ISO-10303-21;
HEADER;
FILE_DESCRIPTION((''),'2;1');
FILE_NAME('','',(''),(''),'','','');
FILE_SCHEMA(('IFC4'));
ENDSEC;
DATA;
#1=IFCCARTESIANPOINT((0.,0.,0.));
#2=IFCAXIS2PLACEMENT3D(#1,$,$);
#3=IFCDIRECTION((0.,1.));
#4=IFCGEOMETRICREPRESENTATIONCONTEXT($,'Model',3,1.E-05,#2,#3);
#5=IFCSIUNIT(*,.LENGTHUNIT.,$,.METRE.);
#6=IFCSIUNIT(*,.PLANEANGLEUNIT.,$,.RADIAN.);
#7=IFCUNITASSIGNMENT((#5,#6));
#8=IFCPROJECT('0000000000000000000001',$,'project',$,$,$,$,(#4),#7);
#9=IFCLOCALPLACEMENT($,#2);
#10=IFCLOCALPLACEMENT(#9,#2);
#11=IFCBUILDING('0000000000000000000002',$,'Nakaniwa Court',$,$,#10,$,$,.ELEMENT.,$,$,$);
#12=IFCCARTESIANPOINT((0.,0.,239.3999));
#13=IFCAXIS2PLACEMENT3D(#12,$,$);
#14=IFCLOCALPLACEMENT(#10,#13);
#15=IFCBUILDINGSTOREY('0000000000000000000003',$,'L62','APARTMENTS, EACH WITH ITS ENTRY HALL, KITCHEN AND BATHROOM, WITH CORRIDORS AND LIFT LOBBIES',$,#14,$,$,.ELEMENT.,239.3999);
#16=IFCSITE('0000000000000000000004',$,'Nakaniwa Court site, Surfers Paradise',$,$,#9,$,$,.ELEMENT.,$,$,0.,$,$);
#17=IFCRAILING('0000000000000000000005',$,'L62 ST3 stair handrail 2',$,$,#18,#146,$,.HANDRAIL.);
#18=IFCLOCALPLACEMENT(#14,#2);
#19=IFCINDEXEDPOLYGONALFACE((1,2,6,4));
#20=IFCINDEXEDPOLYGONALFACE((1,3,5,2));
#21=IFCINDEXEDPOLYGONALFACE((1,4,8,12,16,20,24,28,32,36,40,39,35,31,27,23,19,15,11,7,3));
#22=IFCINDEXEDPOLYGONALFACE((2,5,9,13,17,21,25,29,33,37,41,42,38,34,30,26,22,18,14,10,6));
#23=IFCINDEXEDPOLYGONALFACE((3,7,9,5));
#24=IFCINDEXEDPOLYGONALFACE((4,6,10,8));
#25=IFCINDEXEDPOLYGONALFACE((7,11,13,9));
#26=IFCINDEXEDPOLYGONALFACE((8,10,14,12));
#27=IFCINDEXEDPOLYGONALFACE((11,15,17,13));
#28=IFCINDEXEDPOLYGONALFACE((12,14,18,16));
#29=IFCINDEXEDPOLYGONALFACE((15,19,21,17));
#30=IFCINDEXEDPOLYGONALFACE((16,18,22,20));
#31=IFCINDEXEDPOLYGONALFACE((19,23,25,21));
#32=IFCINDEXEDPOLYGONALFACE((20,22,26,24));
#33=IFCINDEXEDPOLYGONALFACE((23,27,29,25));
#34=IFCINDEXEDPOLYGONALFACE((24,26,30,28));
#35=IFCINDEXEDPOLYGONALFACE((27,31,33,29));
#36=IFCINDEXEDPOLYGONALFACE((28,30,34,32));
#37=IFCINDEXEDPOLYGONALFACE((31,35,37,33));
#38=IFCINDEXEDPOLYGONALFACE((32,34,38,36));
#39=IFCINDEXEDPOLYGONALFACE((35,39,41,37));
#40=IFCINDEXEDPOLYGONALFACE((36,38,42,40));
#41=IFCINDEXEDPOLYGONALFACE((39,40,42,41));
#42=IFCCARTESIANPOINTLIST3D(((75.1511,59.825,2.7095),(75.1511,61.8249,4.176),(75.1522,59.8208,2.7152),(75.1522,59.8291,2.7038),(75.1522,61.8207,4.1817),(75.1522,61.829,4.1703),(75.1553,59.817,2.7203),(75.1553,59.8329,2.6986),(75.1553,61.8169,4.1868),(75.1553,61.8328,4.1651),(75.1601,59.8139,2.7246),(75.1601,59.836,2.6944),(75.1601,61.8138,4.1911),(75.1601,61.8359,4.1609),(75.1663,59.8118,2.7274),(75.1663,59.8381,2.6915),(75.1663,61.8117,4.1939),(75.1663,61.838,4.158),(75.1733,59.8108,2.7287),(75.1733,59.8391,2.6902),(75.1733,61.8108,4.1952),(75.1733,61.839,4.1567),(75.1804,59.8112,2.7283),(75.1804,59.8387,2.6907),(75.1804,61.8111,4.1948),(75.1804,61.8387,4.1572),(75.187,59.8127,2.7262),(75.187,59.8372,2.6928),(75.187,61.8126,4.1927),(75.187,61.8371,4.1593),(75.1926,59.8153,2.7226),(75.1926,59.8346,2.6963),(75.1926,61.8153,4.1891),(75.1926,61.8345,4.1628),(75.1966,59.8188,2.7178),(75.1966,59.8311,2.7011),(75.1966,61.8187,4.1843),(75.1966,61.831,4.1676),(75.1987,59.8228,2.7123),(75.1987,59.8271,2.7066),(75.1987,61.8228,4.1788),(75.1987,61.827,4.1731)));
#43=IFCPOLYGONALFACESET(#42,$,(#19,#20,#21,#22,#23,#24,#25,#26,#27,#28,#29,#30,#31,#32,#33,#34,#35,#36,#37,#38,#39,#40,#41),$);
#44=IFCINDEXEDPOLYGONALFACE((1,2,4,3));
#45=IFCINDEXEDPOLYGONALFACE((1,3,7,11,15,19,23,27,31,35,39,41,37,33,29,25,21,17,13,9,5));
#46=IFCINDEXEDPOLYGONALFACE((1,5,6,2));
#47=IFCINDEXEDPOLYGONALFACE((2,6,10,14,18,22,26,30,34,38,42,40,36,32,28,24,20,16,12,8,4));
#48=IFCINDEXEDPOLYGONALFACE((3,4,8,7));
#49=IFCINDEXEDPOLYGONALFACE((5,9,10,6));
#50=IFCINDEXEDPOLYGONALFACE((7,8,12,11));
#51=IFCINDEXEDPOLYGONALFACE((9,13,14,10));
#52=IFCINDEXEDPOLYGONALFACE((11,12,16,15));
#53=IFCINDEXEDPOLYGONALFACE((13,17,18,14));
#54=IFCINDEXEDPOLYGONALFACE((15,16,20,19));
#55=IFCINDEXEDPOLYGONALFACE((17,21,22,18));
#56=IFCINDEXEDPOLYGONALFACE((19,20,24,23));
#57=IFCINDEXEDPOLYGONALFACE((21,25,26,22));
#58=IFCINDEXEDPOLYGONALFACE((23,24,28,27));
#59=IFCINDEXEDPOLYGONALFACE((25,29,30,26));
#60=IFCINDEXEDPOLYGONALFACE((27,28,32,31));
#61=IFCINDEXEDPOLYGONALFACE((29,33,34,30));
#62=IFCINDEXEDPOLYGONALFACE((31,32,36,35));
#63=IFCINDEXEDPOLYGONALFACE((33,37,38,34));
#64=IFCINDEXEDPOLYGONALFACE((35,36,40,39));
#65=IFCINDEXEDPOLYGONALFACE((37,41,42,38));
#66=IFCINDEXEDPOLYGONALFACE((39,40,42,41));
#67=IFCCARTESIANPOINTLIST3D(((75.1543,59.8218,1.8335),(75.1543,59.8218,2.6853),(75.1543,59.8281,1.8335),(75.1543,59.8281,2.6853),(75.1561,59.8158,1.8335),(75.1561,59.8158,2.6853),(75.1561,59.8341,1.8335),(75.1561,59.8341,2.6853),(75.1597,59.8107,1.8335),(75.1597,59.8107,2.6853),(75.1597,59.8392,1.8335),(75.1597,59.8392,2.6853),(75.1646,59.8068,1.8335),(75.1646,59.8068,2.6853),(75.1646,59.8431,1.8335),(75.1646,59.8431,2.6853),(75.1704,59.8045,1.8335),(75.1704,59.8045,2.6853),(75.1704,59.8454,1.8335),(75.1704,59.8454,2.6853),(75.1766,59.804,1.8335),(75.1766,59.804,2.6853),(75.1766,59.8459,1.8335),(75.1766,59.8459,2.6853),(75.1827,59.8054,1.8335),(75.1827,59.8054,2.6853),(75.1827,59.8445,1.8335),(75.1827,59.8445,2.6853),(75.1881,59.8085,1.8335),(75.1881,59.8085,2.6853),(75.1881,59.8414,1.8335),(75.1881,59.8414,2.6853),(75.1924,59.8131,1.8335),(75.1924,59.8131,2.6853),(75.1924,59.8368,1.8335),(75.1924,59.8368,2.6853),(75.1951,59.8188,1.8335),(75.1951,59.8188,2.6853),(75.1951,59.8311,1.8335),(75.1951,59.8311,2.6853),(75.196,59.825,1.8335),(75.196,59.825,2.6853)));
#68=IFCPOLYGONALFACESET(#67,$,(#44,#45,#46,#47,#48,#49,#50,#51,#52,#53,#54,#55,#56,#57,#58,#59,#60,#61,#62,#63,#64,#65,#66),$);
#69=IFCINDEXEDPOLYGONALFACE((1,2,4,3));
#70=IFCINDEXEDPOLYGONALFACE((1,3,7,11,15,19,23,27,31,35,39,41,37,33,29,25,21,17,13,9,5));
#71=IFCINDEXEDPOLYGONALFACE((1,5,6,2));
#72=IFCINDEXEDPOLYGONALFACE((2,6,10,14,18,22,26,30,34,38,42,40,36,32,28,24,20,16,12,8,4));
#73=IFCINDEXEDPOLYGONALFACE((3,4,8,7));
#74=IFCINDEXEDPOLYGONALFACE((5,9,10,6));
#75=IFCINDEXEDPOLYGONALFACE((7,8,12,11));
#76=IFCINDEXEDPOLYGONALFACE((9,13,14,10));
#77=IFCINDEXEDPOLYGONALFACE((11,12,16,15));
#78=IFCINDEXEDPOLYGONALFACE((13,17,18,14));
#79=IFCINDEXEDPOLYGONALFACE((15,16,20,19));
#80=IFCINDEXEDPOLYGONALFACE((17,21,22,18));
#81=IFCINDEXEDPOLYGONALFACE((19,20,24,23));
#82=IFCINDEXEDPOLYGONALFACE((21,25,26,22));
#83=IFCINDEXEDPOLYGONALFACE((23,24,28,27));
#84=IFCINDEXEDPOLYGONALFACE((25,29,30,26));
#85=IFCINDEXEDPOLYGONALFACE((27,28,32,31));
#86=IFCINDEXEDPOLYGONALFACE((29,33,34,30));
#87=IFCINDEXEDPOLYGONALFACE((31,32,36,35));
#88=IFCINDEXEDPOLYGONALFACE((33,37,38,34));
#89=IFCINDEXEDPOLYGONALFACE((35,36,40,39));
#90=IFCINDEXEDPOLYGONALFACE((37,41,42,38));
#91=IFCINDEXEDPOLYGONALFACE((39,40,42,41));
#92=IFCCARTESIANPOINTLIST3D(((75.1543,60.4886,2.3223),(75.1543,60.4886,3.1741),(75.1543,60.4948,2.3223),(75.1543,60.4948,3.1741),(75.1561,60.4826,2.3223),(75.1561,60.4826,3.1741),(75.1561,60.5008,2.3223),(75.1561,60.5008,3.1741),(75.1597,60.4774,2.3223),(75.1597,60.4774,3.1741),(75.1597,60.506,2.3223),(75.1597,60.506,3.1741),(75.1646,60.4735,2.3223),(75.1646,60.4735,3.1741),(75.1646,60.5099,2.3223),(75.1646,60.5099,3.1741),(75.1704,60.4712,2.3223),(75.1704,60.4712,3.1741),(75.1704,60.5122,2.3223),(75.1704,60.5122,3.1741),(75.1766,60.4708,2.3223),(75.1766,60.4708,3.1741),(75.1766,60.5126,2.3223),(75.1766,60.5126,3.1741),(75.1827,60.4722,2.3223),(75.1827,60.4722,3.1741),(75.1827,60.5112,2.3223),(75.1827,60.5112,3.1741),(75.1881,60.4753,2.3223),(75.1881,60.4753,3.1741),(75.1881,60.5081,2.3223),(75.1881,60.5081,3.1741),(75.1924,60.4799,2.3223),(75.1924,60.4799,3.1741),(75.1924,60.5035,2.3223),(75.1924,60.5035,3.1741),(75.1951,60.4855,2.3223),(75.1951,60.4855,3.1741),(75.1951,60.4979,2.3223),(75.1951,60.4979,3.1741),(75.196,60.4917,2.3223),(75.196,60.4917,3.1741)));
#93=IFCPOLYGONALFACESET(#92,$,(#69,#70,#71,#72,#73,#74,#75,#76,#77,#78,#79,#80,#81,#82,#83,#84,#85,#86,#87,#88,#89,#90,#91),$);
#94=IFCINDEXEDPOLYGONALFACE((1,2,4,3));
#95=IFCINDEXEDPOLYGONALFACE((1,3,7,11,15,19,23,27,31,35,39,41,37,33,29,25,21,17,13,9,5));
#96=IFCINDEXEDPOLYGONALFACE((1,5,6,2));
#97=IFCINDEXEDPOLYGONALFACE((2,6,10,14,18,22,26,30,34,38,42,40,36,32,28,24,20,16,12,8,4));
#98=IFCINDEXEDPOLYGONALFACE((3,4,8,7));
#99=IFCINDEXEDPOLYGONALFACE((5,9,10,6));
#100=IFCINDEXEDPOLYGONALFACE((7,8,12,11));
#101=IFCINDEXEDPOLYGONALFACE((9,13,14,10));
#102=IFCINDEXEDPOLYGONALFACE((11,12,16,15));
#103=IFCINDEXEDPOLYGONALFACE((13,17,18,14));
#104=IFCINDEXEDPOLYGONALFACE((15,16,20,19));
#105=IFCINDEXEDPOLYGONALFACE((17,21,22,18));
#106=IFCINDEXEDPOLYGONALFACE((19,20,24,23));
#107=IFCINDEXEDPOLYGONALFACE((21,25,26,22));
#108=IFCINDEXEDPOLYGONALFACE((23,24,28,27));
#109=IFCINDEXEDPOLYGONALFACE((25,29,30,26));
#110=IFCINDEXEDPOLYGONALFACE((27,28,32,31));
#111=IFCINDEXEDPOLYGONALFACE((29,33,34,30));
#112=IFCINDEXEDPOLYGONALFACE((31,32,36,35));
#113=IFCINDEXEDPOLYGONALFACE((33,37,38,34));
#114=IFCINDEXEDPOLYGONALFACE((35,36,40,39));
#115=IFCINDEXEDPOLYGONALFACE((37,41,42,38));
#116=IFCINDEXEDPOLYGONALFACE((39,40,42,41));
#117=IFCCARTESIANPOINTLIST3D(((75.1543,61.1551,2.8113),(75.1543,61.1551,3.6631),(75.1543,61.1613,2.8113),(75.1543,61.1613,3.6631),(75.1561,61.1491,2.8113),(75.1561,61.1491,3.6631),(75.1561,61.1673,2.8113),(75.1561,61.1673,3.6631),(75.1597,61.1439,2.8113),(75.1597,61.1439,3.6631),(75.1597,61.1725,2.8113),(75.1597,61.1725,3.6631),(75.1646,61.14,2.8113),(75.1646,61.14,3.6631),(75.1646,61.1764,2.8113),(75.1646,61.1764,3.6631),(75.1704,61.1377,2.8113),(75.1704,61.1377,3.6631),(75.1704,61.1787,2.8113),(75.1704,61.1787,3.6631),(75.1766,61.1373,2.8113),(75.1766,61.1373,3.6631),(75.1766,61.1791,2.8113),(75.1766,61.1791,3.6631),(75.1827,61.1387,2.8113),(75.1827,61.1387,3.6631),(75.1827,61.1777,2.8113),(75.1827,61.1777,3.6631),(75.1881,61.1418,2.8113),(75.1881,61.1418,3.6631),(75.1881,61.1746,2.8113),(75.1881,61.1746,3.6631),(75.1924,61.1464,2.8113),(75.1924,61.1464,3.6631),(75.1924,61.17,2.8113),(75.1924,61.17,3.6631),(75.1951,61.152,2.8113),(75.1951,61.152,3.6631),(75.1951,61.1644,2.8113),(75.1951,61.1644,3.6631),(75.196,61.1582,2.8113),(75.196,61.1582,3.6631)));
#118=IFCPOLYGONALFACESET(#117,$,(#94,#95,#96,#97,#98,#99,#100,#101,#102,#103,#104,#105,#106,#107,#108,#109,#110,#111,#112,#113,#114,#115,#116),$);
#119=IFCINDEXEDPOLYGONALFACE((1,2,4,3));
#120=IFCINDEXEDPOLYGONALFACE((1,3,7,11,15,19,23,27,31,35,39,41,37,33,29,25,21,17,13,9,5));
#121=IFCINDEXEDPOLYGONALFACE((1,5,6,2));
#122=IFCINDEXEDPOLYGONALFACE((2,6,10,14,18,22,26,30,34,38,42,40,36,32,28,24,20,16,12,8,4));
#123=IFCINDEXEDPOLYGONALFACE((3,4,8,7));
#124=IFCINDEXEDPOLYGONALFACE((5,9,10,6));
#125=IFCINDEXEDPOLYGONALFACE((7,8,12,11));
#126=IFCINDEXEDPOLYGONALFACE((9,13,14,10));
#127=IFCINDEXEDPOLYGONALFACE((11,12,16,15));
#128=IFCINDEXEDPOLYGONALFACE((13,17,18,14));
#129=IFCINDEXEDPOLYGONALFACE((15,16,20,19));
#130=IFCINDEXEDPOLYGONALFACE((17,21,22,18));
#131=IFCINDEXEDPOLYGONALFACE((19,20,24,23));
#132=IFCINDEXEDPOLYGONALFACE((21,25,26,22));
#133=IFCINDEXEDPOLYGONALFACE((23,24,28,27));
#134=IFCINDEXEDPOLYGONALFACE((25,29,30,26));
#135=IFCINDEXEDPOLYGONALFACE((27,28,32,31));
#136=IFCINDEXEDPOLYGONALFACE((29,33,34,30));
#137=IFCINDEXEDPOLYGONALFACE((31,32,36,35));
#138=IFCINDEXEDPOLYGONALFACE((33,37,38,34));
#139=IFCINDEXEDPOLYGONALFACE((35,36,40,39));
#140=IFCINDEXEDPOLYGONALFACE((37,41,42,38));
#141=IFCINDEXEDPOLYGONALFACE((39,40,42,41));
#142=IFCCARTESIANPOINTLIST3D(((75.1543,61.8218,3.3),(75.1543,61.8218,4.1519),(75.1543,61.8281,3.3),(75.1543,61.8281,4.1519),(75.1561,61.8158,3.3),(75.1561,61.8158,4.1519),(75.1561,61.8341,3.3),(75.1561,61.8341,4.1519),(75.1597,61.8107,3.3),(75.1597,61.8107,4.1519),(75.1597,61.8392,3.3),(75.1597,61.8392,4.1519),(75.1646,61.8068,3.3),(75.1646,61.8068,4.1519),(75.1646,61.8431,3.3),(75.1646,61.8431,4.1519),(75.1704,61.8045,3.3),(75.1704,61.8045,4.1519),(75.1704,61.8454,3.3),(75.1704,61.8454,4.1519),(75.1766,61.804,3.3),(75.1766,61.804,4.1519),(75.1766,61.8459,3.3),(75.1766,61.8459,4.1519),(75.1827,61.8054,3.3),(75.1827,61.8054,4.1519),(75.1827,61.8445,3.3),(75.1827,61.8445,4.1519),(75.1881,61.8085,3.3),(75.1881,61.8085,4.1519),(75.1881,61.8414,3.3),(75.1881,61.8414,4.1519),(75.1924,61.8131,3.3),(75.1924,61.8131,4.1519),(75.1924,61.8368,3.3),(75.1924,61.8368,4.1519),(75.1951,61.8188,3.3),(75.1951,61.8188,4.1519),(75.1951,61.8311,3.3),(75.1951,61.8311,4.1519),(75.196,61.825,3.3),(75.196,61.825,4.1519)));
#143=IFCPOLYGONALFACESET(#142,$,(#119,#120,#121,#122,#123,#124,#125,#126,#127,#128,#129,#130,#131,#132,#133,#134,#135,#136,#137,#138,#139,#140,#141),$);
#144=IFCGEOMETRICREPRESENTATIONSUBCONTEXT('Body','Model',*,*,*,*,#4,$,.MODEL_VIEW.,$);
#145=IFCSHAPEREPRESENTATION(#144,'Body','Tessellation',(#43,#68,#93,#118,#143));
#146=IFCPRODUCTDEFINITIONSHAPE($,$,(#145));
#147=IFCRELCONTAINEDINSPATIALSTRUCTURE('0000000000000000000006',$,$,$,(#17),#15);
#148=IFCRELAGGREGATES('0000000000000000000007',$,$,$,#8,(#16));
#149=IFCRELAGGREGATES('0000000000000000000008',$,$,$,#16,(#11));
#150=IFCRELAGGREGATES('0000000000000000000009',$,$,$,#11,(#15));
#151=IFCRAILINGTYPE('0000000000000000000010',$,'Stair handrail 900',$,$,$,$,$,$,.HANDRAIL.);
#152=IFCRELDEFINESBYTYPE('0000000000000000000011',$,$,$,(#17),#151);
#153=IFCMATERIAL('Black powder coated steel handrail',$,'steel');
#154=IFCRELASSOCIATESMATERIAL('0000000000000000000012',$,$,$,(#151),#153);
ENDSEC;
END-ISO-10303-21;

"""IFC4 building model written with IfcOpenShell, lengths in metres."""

from ifc_helpers import new_model, si_unit, direction, frame, origin, origin_2d, place, context, subcontext, project, spatial, circle, extrude, material, type_object, element, save


model = new_model("IFC4")

# Units and contexts
model_context = context("Model", 3, precision=1e-05, world=origin(), true_north=direction((0.0, 1.0)))
body_context = subcontext(model_context, "Body", "Model", "MODEL_VIEW")
ifc_project = project(units=[si_unit("LENGTHUNIT", "METRE"), si_unit("PLANEANGLEUNIT", "RADIAN")], contexts=[model_context])

# Site, building, storey
site_placement = place(None, origin())
site = spatial("IfcSite", under=ifc_project, at=site_placement, Name="Nakaniwa Court site, Surfers Paradise", CompositionType="ELEMENT", RefElevation=0.0)
building_placement = place(site_placement, origin())
building = spatial("IfcBuilding", under=site, at=building_placement, Name="Nakaniwa Court", CompositionType="ELEMENT")
storey_placement = place(building_placement, frame((0.0, 0.0, 239.3999)))
storey = spatial("IfcBuildingStorey", under=building, at=storey_placement, Name="L62", Description="APARTMENTS, EACH WITH ITS ENTRY HALL, KITCHEN AND BATHROOM, WITH CORRIDORS AND LIFT LOBBIES", CompositionType="ELEMENT", Elevation=239.3999)

# Railing
ifc_material_1 = material(Name="Black powder coated steel handrail", Category="steel")
railing_type_1 = type_object("IfcRailingType", Name="Stair handrail 900", PredefinedType="HANDRAIL", material=ifc_material_1)
railing_1_placement = place(storey_placement, frame((75.175, 59.825, 1.8335)))
element("IfcRailing", 1, at=railing_1_placement, inside=storey, type_object=railing_type_1, Name="L62 ST3 stair handrail 2", PredefinedType="HANDRAIL", context=body_context, shape_type="SweptSolid", body=[
    extrude(circle(Radius=0.0239, at=origin_2d()), frame((0.0, 0.0, 0.876), z_axis=(0.0, 0.806427, 0.591334), x_axis=(-1.0, 0.0, 0.0)), (0.0, 0.0, 1.0), 2.48),
    extrude(circle(Radius=0.021, at=origin_2d()), origin(), (0.0, 0.0, 1.0), 0.8518),
    extrude(circle(Radius=0.021, at=origin_2d()), frame((0.0, 0.6667, 0.4888)), (0.0, 0.0, 1.0), 0.8518),
    extrude(circle(Radius=0.021, at=origin_2d()), frame((0.0, 1.3333, 0.9778)), (0.0, 0.0, 1.0), 0.8518),
    extrude(circle(Radius=0.021, at=origin_2d()), frame((0.0, 2.0, 1.4666)), (0.0, 0.0, 1.0), 0.8518),
])

save(model, "model.ifc")
